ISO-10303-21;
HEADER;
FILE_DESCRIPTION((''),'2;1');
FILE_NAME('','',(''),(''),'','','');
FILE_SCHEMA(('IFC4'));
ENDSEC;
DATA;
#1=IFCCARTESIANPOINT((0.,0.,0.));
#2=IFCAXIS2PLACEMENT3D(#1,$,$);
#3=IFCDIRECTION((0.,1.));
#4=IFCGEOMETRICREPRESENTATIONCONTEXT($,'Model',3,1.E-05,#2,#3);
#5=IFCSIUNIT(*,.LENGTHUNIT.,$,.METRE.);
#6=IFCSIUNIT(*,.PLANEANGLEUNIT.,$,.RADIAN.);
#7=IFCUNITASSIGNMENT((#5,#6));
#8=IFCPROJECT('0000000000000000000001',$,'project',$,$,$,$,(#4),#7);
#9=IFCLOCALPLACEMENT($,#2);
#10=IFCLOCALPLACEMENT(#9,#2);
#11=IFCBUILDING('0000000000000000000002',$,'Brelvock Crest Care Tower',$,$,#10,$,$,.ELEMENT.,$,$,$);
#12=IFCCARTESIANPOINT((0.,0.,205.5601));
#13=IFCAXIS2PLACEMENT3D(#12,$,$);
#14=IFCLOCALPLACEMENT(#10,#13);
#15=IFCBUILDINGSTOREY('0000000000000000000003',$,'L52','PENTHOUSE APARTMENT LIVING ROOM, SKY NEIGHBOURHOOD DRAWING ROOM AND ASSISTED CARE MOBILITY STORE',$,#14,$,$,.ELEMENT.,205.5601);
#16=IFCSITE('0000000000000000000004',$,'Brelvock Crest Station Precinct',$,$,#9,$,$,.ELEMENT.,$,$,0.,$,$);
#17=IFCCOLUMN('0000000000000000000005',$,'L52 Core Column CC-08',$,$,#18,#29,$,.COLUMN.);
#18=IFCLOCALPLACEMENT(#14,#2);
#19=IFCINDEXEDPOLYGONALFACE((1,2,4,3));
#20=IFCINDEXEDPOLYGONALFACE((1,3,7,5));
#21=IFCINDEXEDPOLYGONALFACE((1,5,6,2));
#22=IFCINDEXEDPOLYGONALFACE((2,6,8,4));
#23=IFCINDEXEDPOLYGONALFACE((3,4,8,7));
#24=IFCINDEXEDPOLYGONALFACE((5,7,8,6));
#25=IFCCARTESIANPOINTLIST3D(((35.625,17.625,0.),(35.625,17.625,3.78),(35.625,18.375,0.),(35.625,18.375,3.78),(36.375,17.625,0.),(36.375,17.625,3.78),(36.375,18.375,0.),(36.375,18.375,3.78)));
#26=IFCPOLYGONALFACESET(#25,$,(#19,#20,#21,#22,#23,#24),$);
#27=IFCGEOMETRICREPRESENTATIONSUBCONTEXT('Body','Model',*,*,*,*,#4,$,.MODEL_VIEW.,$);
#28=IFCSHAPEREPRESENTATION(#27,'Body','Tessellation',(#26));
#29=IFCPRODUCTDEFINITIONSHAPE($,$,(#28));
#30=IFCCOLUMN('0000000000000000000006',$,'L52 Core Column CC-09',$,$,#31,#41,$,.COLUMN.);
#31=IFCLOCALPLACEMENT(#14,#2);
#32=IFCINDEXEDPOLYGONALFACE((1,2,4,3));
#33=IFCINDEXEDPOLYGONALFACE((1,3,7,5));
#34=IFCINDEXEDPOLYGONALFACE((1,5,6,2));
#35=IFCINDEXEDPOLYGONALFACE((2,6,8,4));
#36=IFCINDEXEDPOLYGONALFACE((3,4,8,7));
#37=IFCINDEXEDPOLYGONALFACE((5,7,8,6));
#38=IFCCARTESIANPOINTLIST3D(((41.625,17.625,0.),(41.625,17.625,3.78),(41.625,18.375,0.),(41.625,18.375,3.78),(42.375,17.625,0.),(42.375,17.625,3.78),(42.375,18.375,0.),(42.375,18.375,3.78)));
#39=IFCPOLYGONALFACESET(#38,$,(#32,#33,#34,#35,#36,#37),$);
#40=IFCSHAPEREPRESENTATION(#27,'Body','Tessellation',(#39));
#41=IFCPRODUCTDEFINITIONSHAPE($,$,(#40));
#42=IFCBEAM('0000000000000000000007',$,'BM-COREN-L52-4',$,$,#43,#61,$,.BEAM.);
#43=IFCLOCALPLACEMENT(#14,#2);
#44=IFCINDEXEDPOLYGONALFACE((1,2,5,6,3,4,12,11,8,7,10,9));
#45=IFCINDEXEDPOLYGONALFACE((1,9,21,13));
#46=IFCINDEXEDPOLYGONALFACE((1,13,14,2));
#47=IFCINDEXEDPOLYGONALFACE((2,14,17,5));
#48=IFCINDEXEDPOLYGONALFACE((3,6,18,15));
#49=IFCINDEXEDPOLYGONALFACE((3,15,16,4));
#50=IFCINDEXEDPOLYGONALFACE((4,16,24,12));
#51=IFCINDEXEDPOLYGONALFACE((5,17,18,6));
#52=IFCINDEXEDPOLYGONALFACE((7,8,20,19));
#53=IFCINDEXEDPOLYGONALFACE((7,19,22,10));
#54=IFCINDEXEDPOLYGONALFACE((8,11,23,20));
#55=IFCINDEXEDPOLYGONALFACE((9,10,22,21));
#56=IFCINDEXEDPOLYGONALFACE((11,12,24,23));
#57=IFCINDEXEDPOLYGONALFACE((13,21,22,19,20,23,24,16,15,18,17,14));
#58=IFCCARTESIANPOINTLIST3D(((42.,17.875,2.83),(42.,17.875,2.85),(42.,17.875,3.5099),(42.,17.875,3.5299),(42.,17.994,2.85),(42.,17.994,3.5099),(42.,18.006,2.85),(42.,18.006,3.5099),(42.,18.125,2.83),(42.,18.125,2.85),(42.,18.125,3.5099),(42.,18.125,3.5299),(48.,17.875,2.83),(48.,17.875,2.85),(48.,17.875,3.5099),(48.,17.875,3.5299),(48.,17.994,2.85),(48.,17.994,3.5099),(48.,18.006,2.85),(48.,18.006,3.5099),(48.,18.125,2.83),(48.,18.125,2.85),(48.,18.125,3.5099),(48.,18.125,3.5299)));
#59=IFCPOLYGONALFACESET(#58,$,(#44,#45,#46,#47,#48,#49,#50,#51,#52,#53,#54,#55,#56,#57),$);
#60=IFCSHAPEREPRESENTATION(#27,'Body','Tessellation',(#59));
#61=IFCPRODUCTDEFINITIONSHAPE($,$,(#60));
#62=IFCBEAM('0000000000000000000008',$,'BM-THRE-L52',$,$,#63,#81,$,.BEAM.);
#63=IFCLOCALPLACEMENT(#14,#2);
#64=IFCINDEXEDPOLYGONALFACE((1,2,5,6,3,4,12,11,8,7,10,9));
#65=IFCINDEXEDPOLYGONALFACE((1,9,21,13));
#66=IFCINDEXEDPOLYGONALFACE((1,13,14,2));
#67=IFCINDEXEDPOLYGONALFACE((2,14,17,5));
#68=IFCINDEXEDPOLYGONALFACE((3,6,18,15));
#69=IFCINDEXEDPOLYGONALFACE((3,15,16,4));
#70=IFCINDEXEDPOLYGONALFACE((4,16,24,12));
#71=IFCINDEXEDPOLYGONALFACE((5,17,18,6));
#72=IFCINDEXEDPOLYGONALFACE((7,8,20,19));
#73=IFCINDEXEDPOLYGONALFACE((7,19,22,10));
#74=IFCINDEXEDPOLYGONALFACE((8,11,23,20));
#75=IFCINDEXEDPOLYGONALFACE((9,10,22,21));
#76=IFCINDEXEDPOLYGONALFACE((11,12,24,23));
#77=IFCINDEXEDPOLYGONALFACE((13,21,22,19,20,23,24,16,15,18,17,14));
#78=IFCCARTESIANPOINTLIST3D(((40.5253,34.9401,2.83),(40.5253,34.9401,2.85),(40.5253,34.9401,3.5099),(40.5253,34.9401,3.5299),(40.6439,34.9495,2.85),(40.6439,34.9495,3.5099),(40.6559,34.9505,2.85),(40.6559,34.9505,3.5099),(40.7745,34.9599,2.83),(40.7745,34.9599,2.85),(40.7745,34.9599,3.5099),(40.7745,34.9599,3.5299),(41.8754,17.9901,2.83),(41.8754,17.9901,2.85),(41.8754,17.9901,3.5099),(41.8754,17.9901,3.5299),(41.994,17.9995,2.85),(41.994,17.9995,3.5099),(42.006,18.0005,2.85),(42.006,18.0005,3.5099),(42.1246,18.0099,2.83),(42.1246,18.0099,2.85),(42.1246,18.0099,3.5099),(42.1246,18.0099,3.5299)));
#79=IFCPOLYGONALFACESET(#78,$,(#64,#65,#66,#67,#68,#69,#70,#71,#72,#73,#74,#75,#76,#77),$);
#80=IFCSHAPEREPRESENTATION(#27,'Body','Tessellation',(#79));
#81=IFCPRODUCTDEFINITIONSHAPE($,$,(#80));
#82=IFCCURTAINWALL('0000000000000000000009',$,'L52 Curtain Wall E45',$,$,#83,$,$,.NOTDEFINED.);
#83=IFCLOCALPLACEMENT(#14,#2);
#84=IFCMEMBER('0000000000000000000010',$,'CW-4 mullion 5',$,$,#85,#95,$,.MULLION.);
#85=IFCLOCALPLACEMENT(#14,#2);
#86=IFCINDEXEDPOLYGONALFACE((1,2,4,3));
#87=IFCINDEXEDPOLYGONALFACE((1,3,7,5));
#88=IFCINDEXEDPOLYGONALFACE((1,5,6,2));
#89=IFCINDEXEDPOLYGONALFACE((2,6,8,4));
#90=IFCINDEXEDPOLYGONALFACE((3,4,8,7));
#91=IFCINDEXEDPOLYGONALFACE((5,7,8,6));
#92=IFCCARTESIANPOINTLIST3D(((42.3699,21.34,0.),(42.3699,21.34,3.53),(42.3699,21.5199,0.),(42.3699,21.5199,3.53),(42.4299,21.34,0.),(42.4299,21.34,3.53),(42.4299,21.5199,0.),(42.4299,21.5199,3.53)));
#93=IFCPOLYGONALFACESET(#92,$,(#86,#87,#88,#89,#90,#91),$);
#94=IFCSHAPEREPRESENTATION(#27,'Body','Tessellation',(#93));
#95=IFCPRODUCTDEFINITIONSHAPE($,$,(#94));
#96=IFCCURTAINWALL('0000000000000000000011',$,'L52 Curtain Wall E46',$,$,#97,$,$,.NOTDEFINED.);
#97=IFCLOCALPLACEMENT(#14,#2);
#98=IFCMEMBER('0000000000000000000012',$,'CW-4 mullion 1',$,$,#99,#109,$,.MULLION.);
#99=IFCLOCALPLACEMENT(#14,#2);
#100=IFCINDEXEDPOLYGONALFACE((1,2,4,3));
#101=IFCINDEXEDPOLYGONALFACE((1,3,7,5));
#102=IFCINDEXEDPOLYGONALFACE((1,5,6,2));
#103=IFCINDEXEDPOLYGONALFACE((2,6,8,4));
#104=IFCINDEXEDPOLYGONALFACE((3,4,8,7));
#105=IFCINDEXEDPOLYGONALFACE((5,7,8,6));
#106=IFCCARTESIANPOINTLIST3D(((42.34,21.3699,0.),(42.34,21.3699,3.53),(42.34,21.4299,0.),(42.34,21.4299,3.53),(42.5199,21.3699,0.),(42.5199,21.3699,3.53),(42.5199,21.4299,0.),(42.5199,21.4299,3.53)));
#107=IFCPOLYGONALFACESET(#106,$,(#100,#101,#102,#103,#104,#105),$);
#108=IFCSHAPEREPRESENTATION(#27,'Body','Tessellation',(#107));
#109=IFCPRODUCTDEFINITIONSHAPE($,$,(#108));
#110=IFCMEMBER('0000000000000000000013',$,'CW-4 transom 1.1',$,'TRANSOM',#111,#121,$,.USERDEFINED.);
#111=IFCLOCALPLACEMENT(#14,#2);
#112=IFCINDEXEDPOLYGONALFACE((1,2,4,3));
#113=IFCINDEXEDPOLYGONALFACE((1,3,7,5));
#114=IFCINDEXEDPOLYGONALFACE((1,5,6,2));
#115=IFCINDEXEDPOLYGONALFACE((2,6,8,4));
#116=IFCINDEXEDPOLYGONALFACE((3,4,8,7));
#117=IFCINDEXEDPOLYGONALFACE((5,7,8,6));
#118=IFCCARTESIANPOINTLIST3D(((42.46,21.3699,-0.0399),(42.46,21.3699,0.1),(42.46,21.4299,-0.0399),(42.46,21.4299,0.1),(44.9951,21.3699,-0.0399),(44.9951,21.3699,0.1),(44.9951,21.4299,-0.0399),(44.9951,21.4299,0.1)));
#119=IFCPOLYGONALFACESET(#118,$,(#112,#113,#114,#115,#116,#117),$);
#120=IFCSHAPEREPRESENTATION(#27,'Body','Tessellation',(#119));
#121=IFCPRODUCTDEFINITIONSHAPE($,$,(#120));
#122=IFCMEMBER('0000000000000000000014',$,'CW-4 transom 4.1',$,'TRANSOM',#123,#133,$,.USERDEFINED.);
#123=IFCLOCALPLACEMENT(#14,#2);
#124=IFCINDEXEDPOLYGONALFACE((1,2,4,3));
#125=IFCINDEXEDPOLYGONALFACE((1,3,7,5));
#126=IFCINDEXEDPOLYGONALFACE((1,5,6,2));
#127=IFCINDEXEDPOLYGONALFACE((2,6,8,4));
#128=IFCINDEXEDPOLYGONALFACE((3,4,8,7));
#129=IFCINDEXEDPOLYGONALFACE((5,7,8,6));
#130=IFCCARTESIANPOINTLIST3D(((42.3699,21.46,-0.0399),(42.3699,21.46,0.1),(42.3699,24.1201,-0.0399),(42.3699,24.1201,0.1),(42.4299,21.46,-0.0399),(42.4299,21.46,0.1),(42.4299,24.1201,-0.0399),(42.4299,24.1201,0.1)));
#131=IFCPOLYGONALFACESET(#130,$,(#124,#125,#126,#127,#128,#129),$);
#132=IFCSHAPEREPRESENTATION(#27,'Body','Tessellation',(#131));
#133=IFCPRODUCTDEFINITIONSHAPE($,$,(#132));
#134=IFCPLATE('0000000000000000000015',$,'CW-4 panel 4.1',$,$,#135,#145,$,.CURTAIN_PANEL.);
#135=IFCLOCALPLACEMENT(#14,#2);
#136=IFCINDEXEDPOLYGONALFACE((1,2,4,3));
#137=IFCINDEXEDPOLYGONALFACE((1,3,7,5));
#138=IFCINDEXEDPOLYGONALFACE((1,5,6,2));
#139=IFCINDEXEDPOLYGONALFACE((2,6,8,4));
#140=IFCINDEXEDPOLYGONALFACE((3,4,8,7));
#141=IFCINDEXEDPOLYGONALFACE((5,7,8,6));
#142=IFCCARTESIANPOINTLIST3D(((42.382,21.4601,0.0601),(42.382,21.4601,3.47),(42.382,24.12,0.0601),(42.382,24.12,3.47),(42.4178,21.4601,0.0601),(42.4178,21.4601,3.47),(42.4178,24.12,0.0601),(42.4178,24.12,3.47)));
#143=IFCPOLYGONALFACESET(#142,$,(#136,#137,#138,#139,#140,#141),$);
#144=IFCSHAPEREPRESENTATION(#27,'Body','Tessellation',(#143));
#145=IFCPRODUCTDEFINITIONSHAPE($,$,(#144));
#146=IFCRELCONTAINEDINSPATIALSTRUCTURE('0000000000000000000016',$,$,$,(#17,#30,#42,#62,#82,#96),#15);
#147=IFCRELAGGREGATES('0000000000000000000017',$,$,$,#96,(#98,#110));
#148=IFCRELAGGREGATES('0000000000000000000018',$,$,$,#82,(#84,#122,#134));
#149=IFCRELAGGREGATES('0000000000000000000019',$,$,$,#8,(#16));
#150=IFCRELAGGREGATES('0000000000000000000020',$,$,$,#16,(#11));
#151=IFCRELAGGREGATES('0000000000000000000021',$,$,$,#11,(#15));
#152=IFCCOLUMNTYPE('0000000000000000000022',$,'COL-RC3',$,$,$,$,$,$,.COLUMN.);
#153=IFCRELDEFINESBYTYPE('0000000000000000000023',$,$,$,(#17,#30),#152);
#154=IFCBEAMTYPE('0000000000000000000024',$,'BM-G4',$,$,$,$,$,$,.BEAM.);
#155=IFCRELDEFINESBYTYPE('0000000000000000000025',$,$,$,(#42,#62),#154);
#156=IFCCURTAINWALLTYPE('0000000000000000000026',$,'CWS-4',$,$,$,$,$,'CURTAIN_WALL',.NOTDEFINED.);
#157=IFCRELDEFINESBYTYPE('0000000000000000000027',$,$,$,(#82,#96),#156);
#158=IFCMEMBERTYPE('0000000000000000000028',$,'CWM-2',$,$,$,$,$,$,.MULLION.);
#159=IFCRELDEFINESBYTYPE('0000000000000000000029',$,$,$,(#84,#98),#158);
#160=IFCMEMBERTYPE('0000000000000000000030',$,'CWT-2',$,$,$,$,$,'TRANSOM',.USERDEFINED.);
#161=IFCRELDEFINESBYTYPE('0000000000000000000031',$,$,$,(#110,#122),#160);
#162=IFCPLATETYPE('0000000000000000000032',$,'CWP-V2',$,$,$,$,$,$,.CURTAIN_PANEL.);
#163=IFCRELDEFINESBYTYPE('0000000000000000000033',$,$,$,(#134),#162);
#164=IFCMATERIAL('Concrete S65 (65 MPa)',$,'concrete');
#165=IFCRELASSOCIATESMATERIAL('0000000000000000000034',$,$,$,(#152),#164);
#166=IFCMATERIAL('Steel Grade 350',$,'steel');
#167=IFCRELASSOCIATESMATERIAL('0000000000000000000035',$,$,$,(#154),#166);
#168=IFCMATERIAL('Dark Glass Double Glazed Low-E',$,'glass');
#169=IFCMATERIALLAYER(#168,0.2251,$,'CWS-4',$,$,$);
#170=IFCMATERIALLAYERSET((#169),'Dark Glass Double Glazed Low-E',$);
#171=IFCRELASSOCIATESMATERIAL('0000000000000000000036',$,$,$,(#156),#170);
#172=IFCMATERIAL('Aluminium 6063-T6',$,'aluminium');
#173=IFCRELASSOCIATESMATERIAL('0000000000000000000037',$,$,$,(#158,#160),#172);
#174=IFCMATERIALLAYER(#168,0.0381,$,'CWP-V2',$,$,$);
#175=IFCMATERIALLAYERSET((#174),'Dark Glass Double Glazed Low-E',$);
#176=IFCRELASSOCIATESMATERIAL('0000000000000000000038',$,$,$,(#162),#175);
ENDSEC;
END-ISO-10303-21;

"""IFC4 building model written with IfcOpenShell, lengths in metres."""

from ifc_helpers import new_model, si_unit, direction, frame, origin, origin_2d, place, context, subcontext, project, spatial, rectangle, i_section, extrude, source, transform, mapped, material, layer, layer_set, material_profile, profile_set, type_object, element, aggregate, save


model = new_model("IFC4")

# Units and contexts
model_context = context("Model", 3, precision=1e-05, world=origin(), true_north=direction((0.0, 1.0)))
body_context = subcontext(model_context, "Body", "Model", "MODEL_VIEW")
ifc_project = project(units=[si_unit("LENGTHUNIT", "METRE"), si_unit("PLANEANGLEUNIT", "RADIAN")], contexts=[model_context])

# Site, building, storey
site_placement = place(None, origin())
site = spatial("IfcSite", under=ifc_project, at=site_placement, Name="Brelvock Crest Station Precinct", CompositionType="ELEMENT", RefElevation=0.0)
building_placement = place(site_placement, origin())
building = spatial("IfcBuilding", under=site, at=building_placement, Name="Brelvock Crest Care Tower", CompositionType="ELEMENT")
storey_placement = place(building_placement, frame((0.0, 0.0, 205.5601)))
storey = spatial("IfcBuildingStorey", under=building, at=storey_placement, Name="L52", Description="PENTHOUSE APARTMENT LIVING ROOM, SKY NEIGHBOURHOOD DRAWING ROOM AND ASSISTED CARE MOBILITY STORE", CompositionType="ELEMENT", Elevation=205.5601)

# Columns
ifc_material_1 = material(Name="Concrete S65 (65 MPa)", Category="concrete")
ifc_material_profile_1 = material_profile(ifc_material_1, rectangle(XDim=0.75, YDim=0.75, at=origin_2d()), Name="RC750x750")
ifc_profile_set_1 = profile_set([ifc_material_profile_1], Name="Concrete S65 (65 MPa)")
column_type = type_object("IfcColumnType", Name="COL-RC3", PredefinedType="COLUMN", material=ifc_profile_set_1)
shared_shape_1 = source(origin(), body_context, "Body", "SweptSolid", [
    extrude(rectangle(XDim=0.75, YDim=0.75, at=origin_2d()), origin(), (0.0, 0.0, 1.0), 3.78),
])
for number, where, z_axis, x_axis, name in (
    (1, (36.0, 18.0, 0.0), (0.0, 0.0, 1.0), (1.0, 0.0, 0.0), "L52 Core Column CC-08"),
    (2, (42.0, 18.0, 0.0), (0.0, 0.0, 1.0), (1.0, 0.0, 0.0), "L52 Core Column CC-09"),
):
    element("IfcColumn", number, at=place(storey_placement, frame(where, z_axis=z_axis, x_axis=x_axis)), inside=storey, type_object=column_type, Name=name, PredefinedType="COLUMN", context=body_context, shape_type="MappedRepresentation", body=[
        mapped(shared_shape_1, transform((0.0, 0.0, 0.0), x_axis=(1.0, 0.0, 0.0), y_axis=(0.0, 1.0, 0.0), z_axis=(0.0, 0.0, 1.0), scale=1.0)),
    ])

# Beams
ifc_material_2 = material(Name="Steel Grade 350", Category="steel")
ifc_material_profile_2 = material_profile(ifc_material_2, i_section(OverallWidth=0.25, OverallDepth=0.7, WebThickness=0.012, FlangeThickness=0.02, at=origin_2d()), Name="700WB150")
ifc_profile_set_2 = profile_set([ifc_material_profile_2], Name="Steel Grade 350")
beam_type = type_object("IfcBeamType", Name="BM-G4", PredefinedType="BEAM", material=ifc_profile_set_2)
shared_shape_2 = source(origin(), body_context, "Body", "SweptSolid", [
    extrude(i_section(OverallWidth=0.25, OverallDepth=0.7, WebThickness=0.012, FlangeThickness=0.02, at=origin_2d()), origin(), (0.0, 0.0, 1.0), 6.0),
])
beam_1_placement = place(storey_placement, frame((42.0, 18.0, 3.1799), z_axis=(1.0, 0.0, 0.0), x_axis=(0.0, 1.0, 0.0)))
element("IfcBeam", 3, at=beam_1_placement, inside=storey, type_object=beam_type, Name="BM-COREN-L52-4", PredefinedType="BEAM", context=body_context, shape_type="MappedRepresentation", body=[
    mapped(shared_shape_2, transform((0.0, 0.0, 0.0), x_axis=(1.0, 0.0, 0.0), y_axis=(0.0, 1.0, 0.0), z_axis=(0.0, 0.0, 1.0), scale=1.0)),
])
shared_shape_3 = source(origin(), body_context, "Body", "SweptSolid", [
    extrude(i_section(OverallWidth=0.25, OverallDepth=0.7, WebThickness=0.012, FlangeThickness=0.02, at=origin_2d()), origin(), (0.0, 0.0, 1.0), 17.0037),
])
beam_2_placement = place(storey_placement, frame((42.0, 18.0, 3.1799), z_axis=(-0.079401, 0.996843, 0.0), x_axis=(-0.996843, -0.079401, 0.0)))
element("IfcBeam", 4, at=beam_2_placement, inside=storey, type_object=beam_type, Name="BM-THRE-L52", PredefinedType="BEAM", context=body_context, shape_type="MappedRepresentation", body=[
    mapped(shared_shape_3, transform((0.0, 0.0, 0.0), x_axis=(1.0, 0.0, 0.0), y_axis=(0.0, 1.0, 0.0), z_axis=(0.0, 0.0, 1.0), scale=1.0)),
])

# Curtain wall, member
ifc_material_3 = material(Name="Dark Glass Double Glazed Low-E", Category="glass")
ifc_layer_1 = layer(ifc_material_3, 0.2251, Name="CWS-4")
ifc_layer_set_1 = layer_set([ifc_layer_1], Name="Dark Glass Double Glazed Low-E")
curtain_wall_type = type_object("IfcCurtainWallType", Name="CWS-4", ElementType="CURTAIN_WALL", PredefinedType="NOTDEFINED", material=ifc_layer_set_1)
curtain_wall_1_placement = place(storey_placement, origin())
curtain_wall_1 = element("IfcCurtainWall", 5, at=curtain_wall_1_placement, inside=storey, type_object=curtain_wall_type, Name="L52 Curtain Wall E45", PredefinedType="NOTDEFINED")
ifc_material_4 = material(Name="Aluminium 6063-T6", Category="aluminium")
ifc_material_profile_3 = material_profile(ifc_material_4, rectangle(XDim=0.0601, YDim=0.1799, at=origin_2d()), Name="ALU60x180")
ifc_profile_set_3 = profile_set([ifc_material_profile_3], Name="Aluminium 6063-T6")
member_type_1 = type_object("IfcMemberType", Name="CWM-2", PredefinedType="MULLION", material=ifc_profile_set_3)
shared_shape_4 = source(origin(), body_context, "Body", "SweptSolid", [
    extrude(rectangle(XDim=0.0601, YDim=0.1799, at=origin_2d()), origin(), (0.0, 0.0, 1.0), 3.53),
])
member_1_placement = place(storey_placement, frame((42.3999, 21.4299, 0.0), z_axis=(0.0, 0.0, 1.0), x_axis=(1.0, 0.0, 0.0)))
member_1 = element("IfcMember", 6, at=member_1_placement, type_object=member_type_1, Name="CW-4 mullion 5", PredefinedType="MULLION", context=body_context, shape_type="MappedRepresentation", body=[
    mapped(shared_shape_4, transform((0.0, 0.0, 0.0), x_axis=(1.0, 0.0, 0.0), y_axis=(0.0, 1.0, 0.0), z_axis=(0.0, 0.0, 1.0), scale=1.0)),
])

# Curtain wall, members
curtain_wall_2_placement = place(storey_placement, origin())
curtain_wall_2 = element("IfcCurtainWall", 7, at=curtain_wall_2_placement, inside=storey, type_object=curtain_wall_type, Name="L52 Curtain Wall E46", PredefinedType="NOTDEFINED")
member_2_placement = place(storey_placement, frame((42.4299, 21.3999, 0.0), z_axis=(0.0, 0.0, 1.0), x_axis=(0.0, 1.0, 0.0)))
member_2 = element("IfcMember", 8, at=member_2_placement, type_object=member_type_1, Name="CW-4 mullion 1", PredefinedType="MULLION", context=body_context, shape_type="MappedRepresentation", body=[
    mapped(shared_shape_4, transform((0.0, 0.0, 0.0), x_axis=(1.0, 0.0, 0.0), y_axis=(0.0, 1.0, 0.0), z_axis=(0.0, 0.0, 1.0), scale=1.0)),
])
ifc_material_profile_4 = material_profile(ifc_material_4, rectangle(XDim=0.0601, YDim=0.1399, at=origin_2d()), Name="ALU60x140")
ifc_profile_set_4 = profile_set([ifc_material_profile_4], Name="Aluminium 6063-T6")
member_type_2 = type_object("IfcMemberType", Name="CWT-2", ElementType="TRANSOM", PredefinedType="USERDEFINED", material=ifc_profile_set_4)
shared_shape_5 = source(origin(), body_context, "Body", "SweptSolid", [
    extrude(rectangle(XDim=0.0601, YDim=0.1399, at=origin_2d()), origin(), (0.0, 0.0, 1.0), 2.5352),
])
member_3_placement = place(storey_placement, frame((42.46, 21.3999, 0.03), z_axis=(1.0, 0.0, 0.0), x_axis=(0.0, 1.0, 0.0)))
member_3 = element("IfcMember", 9, at=member_3_placement, type_object=member_type_2, Name="CW-4 transom 1.1", ObjectType="TRANSOM", PredefinedType="USERDEFINED", context=body_context, shape_type="MappedRepresentation", body=[
    mapped(shared_shape_5, transform((0.0, 0.0, 0.0), x_axis=(1.0, 0.0, 0.0), y_axis=(0.0, 1.0, 0.0), z_axis=(0.0, 0.0, 1.0), scale=1.0)),
])
aggregate(curtain_wall_2, [member_2, member_3])

# Member
shared_shape_6 = source(origin(), body_context, "Body", "SweptSolid", [
    extrude(rectangle(XDim=0.0601, YDim=0.1399, at=origin_2d()), origin(), (0.0, 0.0, 1.0), 2.6602),
])
member_4_placement = place(storey_placement, frame((42.3999, 24.1201, 0.03), z_axis=(0.0, -1.0, 0.0), x_axis=(1.0, 0.0, 0.0)))
member_4 = element("IfcMember", 10, at=member_4_placement, type_object=member_type_2, Name="CW-4 transom 4.1", ObjectType="TRANSOM", PredefinedType="USERDEFINED", context=body_context, shape_type="MappedRepresentation", body=[
    mapped(shared_shape_6, transform((0.0, 0.0, 0.0), x_axis=(1.0, 0.0, 0.0), y_axis=(0.0, 1.0, 0.0), z_axis=(0.0, 0.0, 1.0), scale=1.0)),
])

# Plate
ifc_layer_2 = layer(ifc_material_3, 0.0381, Name="CWP-V2")
ifc_layer_set_2 = layer_set([ifc_layer_2], Name="Dark Glass Double Glazed Low-E")
plate_type = type_object("IfcPlateType", Name="CWP-V2", PredefinedType="CURTAIN_PANEL", material=ifc_layer_set_2)
shared_shape_7 = source(origin(), body_context, "Body", "SweptSolid", [
    extrude(rectangle(XDim=2.6599, YDim=0.0359, at=origin_2d()), origin(), (0.0, 0.0, 1.0), 3.4099),
])
plate_placement = place(storey_placement, frame((42.3999, 22.79, 0.0601), z_axis=(0.0, 0.0, 1.0), x_axis=(0.0, -1.0, 0.0)))
plate = element("IfcPlate", 11, at=plate_placement, type_object=plate_type, Name="CW-4 panel 4.1", PredefinedType="CURTAIN_PANEL", context=body_context, shape_type="MappedRepresentation", body=[
    mapped(shared_shape_7, transform((0.0, 0.0, 0.0), x_axis=(1.0, 0.0, 0.0), y_axis=(0.0, 1.0, 0.0), z_axis=(0.0, 0.0, 1.0), scale=1.0)),
])
aggregate(curtain_wall_1, [member_1, member_4, plate])

save(model, "model.ifc")
